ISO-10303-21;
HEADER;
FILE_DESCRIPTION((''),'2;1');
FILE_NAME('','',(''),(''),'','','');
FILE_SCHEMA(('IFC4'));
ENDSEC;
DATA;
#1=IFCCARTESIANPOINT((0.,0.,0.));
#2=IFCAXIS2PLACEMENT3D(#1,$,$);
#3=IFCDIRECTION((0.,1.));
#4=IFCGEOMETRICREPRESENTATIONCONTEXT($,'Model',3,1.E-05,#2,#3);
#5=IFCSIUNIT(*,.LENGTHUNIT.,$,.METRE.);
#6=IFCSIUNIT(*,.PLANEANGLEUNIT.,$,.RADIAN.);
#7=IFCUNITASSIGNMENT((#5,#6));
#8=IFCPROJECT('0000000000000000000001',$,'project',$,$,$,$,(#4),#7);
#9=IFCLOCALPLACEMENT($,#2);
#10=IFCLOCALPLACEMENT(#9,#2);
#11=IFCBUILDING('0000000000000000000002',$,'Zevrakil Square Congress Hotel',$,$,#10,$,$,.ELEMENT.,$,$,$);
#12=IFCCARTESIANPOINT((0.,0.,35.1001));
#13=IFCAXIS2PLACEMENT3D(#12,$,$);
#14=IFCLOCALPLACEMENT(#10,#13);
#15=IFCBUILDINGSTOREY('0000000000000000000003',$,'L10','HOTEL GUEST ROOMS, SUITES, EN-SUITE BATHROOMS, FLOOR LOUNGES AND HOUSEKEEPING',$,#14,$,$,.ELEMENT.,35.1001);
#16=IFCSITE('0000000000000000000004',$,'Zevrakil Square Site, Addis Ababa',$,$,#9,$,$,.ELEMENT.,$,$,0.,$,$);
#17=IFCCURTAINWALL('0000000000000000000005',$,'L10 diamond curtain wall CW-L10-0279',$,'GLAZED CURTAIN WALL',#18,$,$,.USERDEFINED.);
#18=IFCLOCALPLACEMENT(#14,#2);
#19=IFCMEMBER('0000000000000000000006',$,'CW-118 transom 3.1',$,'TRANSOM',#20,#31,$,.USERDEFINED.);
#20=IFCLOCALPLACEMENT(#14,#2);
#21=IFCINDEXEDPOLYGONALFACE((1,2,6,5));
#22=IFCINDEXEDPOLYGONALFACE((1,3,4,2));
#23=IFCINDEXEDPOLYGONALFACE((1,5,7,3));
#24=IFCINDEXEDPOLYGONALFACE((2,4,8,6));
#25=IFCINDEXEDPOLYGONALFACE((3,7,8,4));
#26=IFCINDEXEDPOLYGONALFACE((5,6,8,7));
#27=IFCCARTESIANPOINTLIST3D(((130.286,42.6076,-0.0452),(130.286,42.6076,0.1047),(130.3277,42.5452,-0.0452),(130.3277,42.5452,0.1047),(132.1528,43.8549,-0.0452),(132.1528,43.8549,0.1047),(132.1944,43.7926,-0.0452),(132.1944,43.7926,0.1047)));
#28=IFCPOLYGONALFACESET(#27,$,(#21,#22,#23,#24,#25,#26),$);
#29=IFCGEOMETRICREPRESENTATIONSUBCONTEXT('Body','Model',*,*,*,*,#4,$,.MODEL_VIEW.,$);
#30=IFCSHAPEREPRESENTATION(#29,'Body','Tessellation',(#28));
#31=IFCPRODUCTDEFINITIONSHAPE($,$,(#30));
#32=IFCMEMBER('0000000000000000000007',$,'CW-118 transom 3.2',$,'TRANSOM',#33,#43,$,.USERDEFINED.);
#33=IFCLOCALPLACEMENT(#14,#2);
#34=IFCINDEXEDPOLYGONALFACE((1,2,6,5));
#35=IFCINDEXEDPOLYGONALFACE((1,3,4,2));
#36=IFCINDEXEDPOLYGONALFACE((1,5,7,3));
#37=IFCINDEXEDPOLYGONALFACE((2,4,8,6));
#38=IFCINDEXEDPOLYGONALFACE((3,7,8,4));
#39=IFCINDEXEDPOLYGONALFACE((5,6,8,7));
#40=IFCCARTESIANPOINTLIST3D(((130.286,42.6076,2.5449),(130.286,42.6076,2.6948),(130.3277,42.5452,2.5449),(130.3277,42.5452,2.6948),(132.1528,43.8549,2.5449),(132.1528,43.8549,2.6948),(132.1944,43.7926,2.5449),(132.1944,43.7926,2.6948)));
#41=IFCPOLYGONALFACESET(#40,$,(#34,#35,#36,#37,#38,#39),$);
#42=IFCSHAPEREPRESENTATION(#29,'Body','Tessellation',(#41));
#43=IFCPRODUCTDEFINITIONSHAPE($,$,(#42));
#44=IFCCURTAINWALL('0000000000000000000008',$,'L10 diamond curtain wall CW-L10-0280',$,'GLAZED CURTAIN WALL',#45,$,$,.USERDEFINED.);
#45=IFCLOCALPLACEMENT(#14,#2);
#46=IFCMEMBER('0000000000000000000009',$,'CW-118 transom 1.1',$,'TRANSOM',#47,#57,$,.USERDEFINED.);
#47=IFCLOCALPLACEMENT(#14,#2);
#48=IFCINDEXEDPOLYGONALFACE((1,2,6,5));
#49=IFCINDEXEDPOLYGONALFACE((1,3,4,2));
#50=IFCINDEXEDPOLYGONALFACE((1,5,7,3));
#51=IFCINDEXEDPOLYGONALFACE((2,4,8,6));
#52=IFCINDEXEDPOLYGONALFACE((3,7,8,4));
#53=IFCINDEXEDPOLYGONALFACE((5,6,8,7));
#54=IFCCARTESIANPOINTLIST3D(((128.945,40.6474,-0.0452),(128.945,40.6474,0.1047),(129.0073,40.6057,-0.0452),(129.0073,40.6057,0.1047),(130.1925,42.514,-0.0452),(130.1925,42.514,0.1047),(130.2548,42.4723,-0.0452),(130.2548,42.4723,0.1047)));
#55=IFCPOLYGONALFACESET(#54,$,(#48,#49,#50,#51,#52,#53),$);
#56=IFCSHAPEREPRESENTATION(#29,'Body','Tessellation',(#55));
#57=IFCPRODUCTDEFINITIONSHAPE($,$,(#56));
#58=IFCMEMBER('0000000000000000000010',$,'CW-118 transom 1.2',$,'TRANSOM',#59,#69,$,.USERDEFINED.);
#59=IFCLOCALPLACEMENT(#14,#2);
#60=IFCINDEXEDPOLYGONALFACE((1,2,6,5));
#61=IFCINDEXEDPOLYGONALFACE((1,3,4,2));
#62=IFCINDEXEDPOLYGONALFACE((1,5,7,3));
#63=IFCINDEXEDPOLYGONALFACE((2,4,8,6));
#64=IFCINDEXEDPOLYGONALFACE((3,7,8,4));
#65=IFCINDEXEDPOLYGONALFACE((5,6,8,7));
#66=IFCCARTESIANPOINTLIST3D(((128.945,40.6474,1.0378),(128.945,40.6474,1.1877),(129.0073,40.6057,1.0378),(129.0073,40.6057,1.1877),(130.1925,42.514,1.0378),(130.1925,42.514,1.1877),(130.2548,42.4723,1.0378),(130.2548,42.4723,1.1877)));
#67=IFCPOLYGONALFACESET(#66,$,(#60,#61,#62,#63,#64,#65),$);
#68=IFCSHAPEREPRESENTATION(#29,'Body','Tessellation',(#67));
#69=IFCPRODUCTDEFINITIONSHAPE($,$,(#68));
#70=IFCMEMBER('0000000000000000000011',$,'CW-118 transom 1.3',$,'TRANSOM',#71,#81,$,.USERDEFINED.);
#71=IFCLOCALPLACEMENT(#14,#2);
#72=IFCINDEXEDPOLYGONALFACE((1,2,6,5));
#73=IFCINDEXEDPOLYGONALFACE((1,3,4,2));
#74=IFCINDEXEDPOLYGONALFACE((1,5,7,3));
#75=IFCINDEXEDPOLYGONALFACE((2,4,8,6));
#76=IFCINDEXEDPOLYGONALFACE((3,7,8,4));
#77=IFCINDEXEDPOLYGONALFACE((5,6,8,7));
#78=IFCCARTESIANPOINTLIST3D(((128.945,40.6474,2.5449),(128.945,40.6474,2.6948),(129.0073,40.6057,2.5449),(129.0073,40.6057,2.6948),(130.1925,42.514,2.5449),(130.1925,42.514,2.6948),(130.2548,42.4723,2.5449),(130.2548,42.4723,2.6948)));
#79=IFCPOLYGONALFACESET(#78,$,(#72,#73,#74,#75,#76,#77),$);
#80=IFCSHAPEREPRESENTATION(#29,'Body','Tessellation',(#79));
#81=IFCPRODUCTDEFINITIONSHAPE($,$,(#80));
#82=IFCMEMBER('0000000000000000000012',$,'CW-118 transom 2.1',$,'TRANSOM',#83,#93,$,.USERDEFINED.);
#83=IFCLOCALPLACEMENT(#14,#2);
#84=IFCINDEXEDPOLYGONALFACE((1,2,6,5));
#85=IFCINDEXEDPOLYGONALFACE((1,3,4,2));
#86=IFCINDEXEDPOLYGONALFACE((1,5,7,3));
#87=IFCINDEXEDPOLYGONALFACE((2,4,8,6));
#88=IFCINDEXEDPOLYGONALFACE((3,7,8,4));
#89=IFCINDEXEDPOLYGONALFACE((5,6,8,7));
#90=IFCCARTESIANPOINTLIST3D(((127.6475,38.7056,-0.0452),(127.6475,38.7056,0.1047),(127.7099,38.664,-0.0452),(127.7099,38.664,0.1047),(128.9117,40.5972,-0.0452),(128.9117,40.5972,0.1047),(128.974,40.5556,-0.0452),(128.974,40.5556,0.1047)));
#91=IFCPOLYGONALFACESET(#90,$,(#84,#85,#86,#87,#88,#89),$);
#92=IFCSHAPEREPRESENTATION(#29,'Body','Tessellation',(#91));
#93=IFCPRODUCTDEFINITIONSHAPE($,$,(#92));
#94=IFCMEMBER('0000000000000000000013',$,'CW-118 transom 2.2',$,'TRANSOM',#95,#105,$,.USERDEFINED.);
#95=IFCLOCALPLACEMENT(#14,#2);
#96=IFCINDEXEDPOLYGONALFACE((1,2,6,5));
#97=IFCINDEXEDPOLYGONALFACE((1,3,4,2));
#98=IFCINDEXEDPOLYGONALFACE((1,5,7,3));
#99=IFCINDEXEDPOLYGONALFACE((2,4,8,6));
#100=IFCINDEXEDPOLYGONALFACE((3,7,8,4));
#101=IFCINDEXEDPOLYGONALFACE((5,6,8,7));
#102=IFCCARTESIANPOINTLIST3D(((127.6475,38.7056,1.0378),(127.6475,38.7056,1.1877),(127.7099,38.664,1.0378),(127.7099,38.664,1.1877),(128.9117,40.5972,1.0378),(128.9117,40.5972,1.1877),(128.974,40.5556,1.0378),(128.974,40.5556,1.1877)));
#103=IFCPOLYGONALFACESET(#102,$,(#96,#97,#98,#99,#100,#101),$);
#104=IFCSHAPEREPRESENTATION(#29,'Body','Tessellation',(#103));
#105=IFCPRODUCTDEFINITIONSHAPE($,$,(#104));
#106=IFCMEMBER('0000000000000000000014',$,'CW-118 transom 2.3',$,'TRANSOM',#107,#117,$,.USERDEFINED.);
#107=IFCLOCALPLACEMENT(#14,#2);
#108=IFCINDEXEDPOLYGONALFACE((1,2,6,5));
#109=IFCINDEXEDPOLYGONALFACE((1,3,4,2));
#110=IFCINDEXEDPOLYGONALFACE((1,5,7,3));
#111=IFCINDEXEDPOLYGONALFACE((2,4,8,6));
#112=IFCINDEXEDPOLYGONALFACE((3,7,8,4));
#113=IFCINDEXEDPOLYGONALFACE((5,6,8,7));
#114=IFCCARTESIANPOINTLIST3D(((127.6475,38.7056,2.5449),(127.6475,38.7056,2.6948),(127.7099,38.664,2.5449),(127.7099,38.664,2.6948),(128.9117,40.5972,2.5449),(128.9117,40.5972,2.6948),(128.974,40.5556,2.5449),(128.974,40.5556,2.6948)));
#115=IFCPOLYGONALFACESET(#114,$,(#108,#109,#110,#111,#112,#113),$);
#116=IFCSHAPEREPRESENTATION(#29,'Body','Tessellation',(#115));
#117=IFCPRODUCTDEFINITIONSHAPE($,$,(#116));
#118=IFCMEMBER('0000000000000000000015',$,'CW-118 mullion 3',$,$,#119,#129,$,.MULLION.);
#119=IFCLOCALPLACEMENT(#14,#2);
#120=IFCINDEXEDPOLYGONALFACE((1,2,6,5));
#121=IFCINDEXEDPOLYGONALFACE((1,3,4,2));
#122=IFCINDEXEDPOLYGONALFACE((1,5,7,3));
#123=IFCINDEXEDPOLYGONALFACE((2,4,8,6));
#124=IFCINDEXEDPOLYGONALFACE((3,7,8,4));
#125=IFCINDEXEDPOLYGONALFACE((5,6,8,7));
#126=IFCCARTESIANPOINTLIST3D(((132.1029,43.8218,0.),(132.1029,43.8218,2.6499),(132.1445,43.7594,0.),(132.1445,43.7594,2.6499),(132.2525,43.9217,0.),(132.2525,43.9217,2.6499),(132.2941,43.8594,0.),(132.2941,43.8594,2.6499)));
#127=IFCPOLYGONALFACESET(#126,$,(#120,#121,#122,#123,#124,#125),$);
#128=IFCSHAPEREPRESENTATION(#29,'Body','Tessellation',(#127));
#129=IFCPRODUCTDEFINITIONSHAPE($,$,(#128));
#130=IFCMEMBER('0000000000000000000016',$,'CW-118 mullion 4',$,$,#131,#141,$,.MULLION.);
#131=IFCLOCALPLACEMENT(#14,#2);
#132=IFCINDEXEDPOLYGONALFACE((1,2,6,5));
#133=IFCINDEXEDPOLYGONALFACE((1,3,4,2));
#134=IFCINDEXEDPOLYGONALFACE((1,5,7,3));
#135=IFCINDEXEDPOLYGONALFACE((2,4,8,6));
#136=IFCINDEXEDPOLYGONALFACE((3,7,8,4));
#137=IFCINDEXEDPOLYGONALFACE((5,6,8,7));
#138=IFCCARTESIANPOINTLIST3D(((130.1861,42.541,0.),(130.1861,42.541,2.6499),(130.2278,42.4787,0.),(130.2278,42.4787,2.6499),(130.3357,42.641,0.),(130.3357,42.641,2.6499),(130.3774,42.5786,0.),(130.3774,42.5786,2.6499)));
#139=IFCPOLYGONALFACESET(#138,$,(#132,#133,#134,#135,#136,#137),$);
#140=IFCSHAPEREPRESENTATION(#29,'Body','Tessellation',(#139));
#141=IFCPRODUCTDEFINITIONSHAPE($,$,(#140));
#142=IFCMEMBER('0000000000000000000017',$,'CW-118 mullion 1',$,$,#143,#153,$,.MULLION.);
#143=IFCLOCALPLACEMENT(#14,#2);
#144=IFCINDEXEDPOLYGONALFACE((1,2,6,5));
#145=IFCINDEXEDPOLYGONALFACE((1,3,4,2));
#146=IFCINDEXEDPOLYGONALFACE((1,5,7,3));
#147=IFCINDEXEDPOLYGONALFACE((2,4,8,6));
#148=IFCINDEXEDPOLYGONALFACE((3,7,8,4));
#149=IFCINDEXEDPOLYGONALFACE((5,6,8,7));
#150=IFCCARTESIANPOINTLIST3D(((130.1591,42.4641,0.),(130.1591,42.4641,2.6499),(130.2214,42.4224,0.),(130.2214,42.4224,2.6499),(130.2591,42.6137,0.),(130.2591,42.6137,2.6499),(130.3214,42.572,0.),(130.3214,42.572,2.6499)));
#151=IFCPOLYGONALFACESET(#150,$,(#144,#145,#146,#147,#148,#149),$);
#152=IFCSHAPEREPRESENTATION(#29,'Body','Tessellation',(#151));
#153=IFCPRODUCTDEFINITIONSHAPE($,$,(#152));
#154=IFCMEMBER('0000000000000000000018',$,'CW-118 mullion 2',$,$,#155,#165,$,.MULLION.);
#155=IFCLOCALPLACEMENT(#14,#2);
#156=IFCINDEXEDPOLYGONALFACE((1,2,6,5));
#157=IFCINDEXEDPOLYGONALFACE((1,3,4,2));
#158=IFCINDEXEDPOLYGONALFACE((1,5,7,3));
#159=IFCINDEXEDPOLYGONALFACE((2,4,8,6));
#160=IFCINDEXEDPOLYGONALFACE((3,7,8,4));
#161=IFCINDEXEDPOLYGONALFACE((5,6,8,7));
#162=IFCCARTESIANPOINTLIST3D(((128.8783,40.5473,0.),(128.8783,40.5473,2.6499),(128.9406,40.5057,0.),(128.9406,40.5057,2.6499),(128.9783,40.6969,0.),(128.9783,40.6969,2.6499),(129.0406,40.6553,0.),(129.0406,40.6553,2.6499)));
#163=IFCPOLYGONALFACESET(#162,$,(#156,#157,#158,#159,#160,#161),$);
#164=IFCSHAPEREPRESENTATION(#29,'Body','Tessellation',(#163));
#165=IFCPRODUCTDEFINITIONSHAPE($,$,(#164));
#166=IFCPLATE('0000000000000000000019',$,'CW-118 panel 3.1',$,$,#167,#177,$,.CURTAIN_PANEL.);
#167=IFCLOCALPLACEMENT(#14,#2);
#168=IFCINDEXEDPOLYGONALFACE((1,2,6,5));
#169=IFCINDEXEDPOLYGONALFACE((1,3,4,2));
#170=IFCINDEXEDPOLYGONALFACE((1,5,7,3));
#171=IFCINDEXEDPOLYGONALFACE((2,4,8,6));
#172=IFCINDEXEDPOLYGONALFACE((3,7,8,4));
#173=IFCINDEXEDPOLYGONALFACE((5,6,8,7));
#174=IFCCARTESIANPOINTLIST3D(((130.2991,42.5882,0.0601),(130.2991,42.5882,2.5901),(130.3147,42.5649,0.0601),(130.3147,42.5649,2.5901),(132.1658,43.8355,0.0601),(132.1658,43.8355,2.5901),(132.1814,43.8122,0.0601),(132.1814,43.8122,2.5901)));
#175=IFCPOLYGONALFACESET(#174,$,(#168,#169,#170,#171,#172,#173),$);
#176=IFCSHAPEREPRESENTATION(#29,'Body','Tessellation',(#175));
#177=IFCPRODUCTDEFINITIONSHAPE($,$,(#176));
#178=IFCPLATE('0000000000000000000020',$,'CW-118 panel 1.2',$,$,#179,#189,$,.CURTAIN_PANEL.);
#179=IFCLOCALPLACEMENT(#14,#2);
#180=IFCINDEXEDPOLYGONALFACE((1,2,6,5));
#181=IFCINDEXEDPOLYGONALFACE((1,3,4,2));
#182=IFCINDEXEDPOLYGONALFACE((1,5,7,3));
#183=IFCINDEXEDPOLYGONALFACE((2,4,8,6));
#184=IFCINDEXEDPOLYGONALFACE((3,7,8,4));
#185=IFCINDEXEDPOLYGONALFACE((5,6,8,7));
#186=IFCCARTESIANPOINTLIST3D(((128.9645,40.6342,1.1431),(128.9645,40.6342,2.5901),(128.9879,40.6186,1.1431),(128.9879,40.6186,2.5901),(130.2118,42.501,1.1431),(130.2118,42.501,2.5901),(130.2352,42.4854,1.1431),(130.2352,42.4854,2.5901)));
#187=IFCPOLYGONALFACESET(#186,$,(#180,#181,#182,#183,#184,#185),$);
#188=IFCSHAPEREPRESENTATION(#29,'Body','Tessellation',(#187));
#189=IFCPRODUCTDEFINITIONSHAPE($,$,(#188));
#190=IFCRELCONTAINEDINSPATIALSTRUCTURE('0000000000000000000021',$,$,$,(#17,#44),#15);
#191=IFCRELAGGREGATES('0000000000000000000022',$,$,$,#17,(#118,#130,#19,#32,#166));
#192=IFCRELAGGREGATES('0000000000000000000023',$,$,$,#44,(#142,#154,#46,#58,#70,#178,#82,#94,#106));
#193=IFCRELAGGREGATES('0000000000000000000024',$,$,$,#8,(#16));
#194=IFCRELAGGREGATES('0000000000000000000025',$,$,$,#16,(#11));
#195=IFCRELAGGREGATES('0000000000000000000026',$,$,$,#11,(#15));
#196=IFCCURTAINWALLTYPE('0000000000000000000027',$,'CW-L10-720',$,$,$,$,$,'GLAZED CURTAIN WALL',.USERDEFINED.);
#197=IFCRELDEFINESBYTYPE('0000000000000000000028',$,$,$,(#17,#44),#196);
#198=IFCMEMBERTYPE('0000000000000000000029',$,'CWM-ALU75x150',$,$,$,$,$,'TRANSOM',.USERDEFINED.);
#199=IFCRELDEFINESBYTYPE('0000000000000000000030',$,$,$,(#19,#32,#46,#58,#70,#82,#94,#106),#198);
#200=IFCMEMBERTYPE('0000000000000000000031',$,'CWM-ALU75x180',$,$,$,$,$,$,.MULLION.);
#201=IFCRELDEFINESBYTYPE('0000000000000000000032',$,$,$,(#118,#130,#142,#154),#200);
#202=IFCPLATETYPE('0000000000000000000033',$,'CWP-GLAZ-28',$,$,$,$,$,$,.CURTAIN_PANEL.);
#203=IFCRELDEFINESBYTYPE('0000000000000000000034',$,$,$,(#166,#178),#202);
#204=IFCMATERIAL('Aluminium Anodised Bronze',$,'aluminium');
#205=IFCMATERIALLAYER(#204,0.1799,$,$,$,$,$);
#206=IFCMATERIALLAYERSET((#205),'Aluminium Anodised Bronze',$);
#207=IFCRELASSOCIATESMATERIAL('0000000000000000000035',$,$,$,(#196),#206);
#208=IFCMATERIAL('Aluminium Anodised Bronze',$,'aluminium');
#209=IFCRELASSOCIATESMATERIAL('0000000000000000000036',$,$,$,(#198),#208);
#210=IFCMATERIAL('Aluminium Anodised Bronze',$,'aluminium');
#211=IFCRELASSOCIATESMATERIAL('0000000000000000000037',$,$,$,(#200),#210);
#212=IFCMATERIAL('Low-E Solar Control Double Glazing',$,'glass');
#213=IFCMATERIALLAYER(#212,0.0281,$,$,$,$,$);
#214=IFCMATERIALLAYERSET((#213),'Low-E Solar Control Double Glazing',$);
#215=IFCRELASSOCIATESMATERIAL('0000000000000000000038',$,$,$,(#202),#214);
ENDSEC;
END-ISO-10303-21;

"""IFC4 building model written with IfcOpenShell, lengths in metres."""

from ifc_helpers import new_model, si_unit, direction, frame, origin, origin_2d, place, context, subcontext, project, spatial, rectangle, extrude, material, layer, layer_set, material_profile, profile_set, type_object, element, aggregate, save


model = new_model("IFC4")

# Units and contexts
model_context = context("Model", 3, precision=1e-05, world=origin(), true_north=direction((0.0, 1.0)))
body_context = subcontext(model_context, "Body", "Model", "MODEL_VIEW")
ifc_project = project(units=[si_unit("LENGTHUNIT", "METRE"), si_unit("PLANEANGLEUNIT", "RADIAN")], contexts=[model_context])

# Site, building, storey
site_placement = place(None, origin())
site = spatial("IfcSite", under=ifc_project, at=site_placement, Name="Zevrakil Square Site, Addis Ababa", CompositionType="ELEMENT", RefElevation=0.0)
building_placement = place(site_placement, origin())
building = spatial("IfcBuilding", under=site, at=building_placement, Name="Zevrakil Square Congress Hotel", CompositionType="ELEMENT")
storey_placement = place(building_placement, frame((0.0, 0.0, 35.1001)))
storey = spatial("IfcBuildingStorey", under=building, at=storey_placement, Name="L10", Description="HOTEL GUEST ROOMS, SUITES, EN-SUITE BATHROOMS, FLOOR LOUNGES AND HOUSEKEEPING", CompositionType="ELEMENT", Elevation=35.1001)

# Curtain walls, members
ifc_material_1 = material(Name="Aluminium Anodised Bronze", Category="aluminium")
ifc_layer_1 = layer(ifc_material_1, 0.1799)
ifc_layer_set_1 = layer_set([ifc_layer_1], Name="Aluminium Anodised Bronze")
curtain_wall_type = type_object("IfcCurtainWallType", Name="CW-L10-720", ElementType="GLAZED CURTAIN WALL", PredefinedType="USERDEFINED", material=ifc_layer_set_1)
curtain_wall_1_placement = place(storey_placement, origin())
curtain_wall_1 = element("IfcCurtainWall", 1, at=curtain_wall_1_placement, inside=storey, type_object=curtain_wall_type, Name="L10 diamond curtain wall CW-L10-0279", ObjectType="GLAZED CURTAIN WALL", PredefinedType="USERDEFINED")
ifc_material_2 = material(Name="Aluminium Anodised Bronze", Category="aluminium")
ifc_material_profile_1 = material_profile(ifc_material_2, rectangle(XDim=0.075, YDim=0.1499, at=origin_2d()), Name="ALU 75x150")
ifc_profile_set_1 = profile_set([ifc_material_profile_1], Name="Aluminium Anodised Bronze")
member_type_1 = type_object("IfcMemberType", Name="CWM-ALU75x150", ElementType="TRANSOM", PredefinedType="USERDEFINED", material=ifc_profile_set_1)
member_1_placement = place(storey_placement, frame((132.1736, 43.8237, 0.0298), z_axis=(-0.831464, -0.555578, 0.0), x_axis=(0.555578, -0.831464, 0.0)))
member_1 = element("IfcMember", 2, at=member_1_placement, type_object=member_type_1, Name="CW-118 transom 3.1", ObjectType="TRANSOM", PredefinedType="USERDEFINED", context=body_context, shape_type="SweptSolid", body=[
    extrude(rectangle(XDim=0.075, YDim=0.1499, at=origin_2d()), origin(), (0.0, 0.0, 1.0), 2.2451),
])
member_2_placement = place(storey_placement, frame((132.1736, 43.8237, 2.6199), z_axis=(-0.831464, -0.555578, 0.0), x_axis=(0.555578, -0.831464, 0.0)))
member_2 = element("IfcMember", 3, at=member_2_placement, type_object=member_type_1, Name="CW-118 transom 3.2", ObjectType="TRANSOM", PredefinedType="USERDEFINED", context=body_context, shape_type="SweptSolid", body=[
    extrude(rectangle(XDim=0.075, YDim=0.1499, at=origin_2d()), origin(), (0.0, 0.0, 1.0), 2.2451),
])
curtain_wall_2_placement = place(storey_placement, origin())
curtain_wall_2 = element("IfcCurtainWall", 4, at=curtain_wall_2_placement, inside=storey, type_object=curtain_wall_type, Name="L10 diamond curtain wall CW-L10-0280", ObjectType="GLAZED CURTAIN WALL", PredefinedType="USERDEFINED")
member_3_placement = place(storey_placement, frame((130.2236, 42.4932, 0.0298), z_axis=(-0.555653, -0.831414, 0.0), x_axis=(0.831414, -0.555653, 0.0)))
member_3 = element("IfcMember", 5, at=member_3_placement, type_object=member_type_1, Name="CW-118 transom 1.1", ObjectType="TRANSOM", PredefinedType="USERDEFINED", context=body_context, shape_type="SweptSolid", body=[
    extrude(rectangle(XDim=0.075, YDim=0.1499, at=origin_2d()), origin(), (0.0, 0.0, 1.0), 2.2451),
])
member_4_placement = place(storey_placement, frame((130.2236, 42.4932, 1.1128), z_axis=(-0.555653, -0.831414, 0.0), x_axis=(0.831414, -0.555653, 0.0)))
member_4 = element("IfcMember", 6, at=member_4_placement, type_object=member_type_1, Name="CW-118 transom 1.2", ObjectType="TRANSOM", PredefinedType="USERDEFINED", context=body_context, shape_type="SweptSolid", body=[
    extrude(rectangle(XDim=0.075, YDim=0.1499, at=origin_2d()), origin(), (0.0, 0.0, 1.0), 2.2451),
])
member_5_placement = place(storey_placement, frame((130.2236, 42.4932, 2.6199), z_axis=(-0.555653, -0.831414, 0.0), x_axis=(0.831414, -0.555653, 0.0)))
member_5 = element("IfcMember", 7, at=member_5_placement, type_object=member_type_1, Name="CW-118 transom 1.3", ObjectType="TRANSOM", PredefinedType="USERDEFINED", context=body_context, shape_type="SweptSolid", body=[
    extrude(rectangle(XDim=0.075, YDim=0.1499, at=origin_2d()), origin(), (0.0, 0.0, 1.0), 2.2451),
])
member_6_placement = place(storey_placement, frame((128.9429, 40.5764, 0.0298), z_axis=(-0.555641, -0.831422, 0.0), x_axis=(0.831422, -0.555641, 0.0)))
member_6 = element("IfcMember", 8, at=member_6_placement, type_object=member_type_1, Name="CW-118 transom 2.1", ObjectType="TRANSOM", PredefinedType="USERDEFINED", context=body_context, shape_type="SweptSolid", body=[
    extrude(rectangle(XDim=0.075, YDim=0.1499, at=origin_2d()), origin(), (0.0, 0.0, 1.0), 2.2751),
])
member_7_placement = place(storey_placement, frame((128.9429, 40.5764, 1.1128), z_axis=(-0.555641, -0.831422, 0.0), x_axis=(0.831422, -0.555641, 0.0)))
member_7 = element("IfcMember", 9, at=member_7_placement, type_object=member_type_1, Name="CW-118 transom 2.2", ObjectType="TRANSOM", PredefinedType="USERDEFINED", context=body_context, shape_type="SweptSolid", body=[
    extrude(rectangle(XDim=0.075, YDim=0.1499, at=origin_2d()), origin(), (0.0, 0.0, 1.0), 2.2751),
])
member_8_placement = place(storey_placement, frame((128.9429, 40.5764, 2.6199), z_axis=(-0.555641, -0.831422, 0.0), x_axis=(0.831422, -0.555641, 0.0)))
member_8 = element("IfcMember", 10, at=member_8_placement, type_object=member_type_1, Name="CW-118 transom 2.3", ObjectType="TRANSOM", PredefinedType="USERDEFINED", context=body_context, shape_type="SweptSolid", body=[
    extrude(rectangle(XDim=0.075, YDim=0.1499, at=origin_2d()), origin(), (0.0, 0.0, 1.0), 2.2751),
])

# Members
ifc_material_3 = material(Name="Aluminium Anodised Bronze", Category="aluminium")
ifc_material_profile_2 = material_profile(ifc_material_3, rectangle(XDim=0.075, YDim=0.1799, at=origin_2d()), Name="ALU 75x180")
ifc_profile_set_2 = profile_set([ifc_material_profile_2], Name="Aluminium Anodised Bronze")
member_type_2 = type_object("IfcMemberType", Name="CWM-ALU75x180", PredefinedType="MULLION", material=ifc_profile_set_2)
member_9_placement = place(storey_placement, frame((132.1985, 43.8406, 0.0), z_axis=(0.0, 0.0, 1.0), x_axis=(0.555576, -0.831466, 0.0)))
member_9 = element("IfcMember", 11, at=member_9_placement, type_object=member_type_2, Name="CW-118 mullion 3", PredefinedType="MULLION", context=body_context, shape_type="SweptSolid", body=[
    extrude(rectangle(XDim=0.075, YDim=0.1799, at=origin_2d()), origin(), (0.0, 0.0, 1.0), 2.6499),
])
member_10_placement = place(storey_placement, frame((130.2817, 42.5598, 0.0), z_axis=(0.0, 0.0, 1.0), x_axis=(0.555576, -0.831466, 0.0)))
member_10 = element("IfcMember", 12, at=member_10_placement, type_object=member_type_2, Name="CW-118 mullion 4", PredefinedType="MULLION", context=body_context, shape_type="SweptSolid", body=[
    extrude(rectangle(XDim=0.075, YDim=0.1799, at=origin_2d()), origin(), (0.0, 0.0, 1.0), 2.6499),
])
member_11_placement = place(storey_placement, frame((130.2402, 42.5181, 0.0), z_axis=(0.0, 0.0, 1.0), x_axis=(0.831466, -0.555576, 0.0)))
member_11 = element("IfcMember", 13, at=member_11_placement, type_object=member_type_2, Name="CW-118 mullion 1", PredefinedType="MULLION", context=body_context, shape_type="SweptSolid", body=[
    extrude(rectangle(XDim=0.075, YDim=0.1799, at=origin_2d()), origin(), (0.0, 0.0, 1.0), 2.6499),
])
member_12_placement = place(storey_placement, frame((128.9595, 40.6013, 0.0), z_axis=(0.0, 0.0, 1.0), x_axis=(0.831466, -0.555576, 0.0)))
member_12 = element("IfcMember", 14, at=member_12_placement, type_object=member_type_2, Name="CW-118 mullion 2", PredefinedType="MULLION", context=body_context, shape_type="SweptSolid", body=[
    extrude(rectangle(XDim=0.075, YDim=0.1799, at=origin_2d()), origin(), (0.0, 0.0, 1.0), 2.6499),
])

# Plates
ifc_material_4 = material(Name="Low-E Solar Control Double Glazing", Category="glass")
ifc_layer_2 = layer(ifc_material_4, 0.0281)
ifc_layer_set_2 = layer_set([ifc_layer_2], Name="Low-E Solar Control Double Glazing")
plate_type_1 = type_object("IfcPlateType", Name="CWP-GLAZ-28", PredefinedType="CURTAIN_PANEL", material=ifc_layer_set_2)
plate_1_placement = place(storey_placement, frame((131.2402, 43.2002, 0.0601), z_axis=(0.0, 0.0, 1.0), x_axis=(-0.831466, -0.555576, 0.0)))
plate_1 = element("IfcPlate", 15, at=plate_1_placement, type_object=plate_type_1, Name="CW-118 panel 3.1", PredefinedType="CURTAIN_PANEL", context=body_context, shape_type="SweptSolid", body=[
    extrude(rectangle(XDim=2.2451, YDim=0.0281, at=origin_2d()), origin(), (0.0, 0.0, 1.0), 2.53),
])
plate_2_placement = place(storey_placement, frame((129.5999, 41.5598, 1.1431), z_axis=(0.0, 0.0, 1.0), x_axis=(-0.555576, -0.831466, 0.0)))
plate_2 = element("IfcPlate", 16, at=plate_2_placement, type_object=plate_type_1, Name="CW-118 panel 1.2", PredefinedType="CURTAIN_PANEL", context=body_context, shape_type="SweptSolid", body=[
    extrude(rectangle(XDim=2.2451, YDim=0.0281, at=origin_2d()), origin(), (0.0, 0.0, 1.0), 1.447),
])
aggregate(curtain_wall_1, [member_9, member_10, member_1, member_2, plate_1])
aggregate(curtain_wall_2, [member_11, member_12, member_3, member_4, member_5, plate_2, member_6, member_7, member_8])

save(model, "model.ifc")
